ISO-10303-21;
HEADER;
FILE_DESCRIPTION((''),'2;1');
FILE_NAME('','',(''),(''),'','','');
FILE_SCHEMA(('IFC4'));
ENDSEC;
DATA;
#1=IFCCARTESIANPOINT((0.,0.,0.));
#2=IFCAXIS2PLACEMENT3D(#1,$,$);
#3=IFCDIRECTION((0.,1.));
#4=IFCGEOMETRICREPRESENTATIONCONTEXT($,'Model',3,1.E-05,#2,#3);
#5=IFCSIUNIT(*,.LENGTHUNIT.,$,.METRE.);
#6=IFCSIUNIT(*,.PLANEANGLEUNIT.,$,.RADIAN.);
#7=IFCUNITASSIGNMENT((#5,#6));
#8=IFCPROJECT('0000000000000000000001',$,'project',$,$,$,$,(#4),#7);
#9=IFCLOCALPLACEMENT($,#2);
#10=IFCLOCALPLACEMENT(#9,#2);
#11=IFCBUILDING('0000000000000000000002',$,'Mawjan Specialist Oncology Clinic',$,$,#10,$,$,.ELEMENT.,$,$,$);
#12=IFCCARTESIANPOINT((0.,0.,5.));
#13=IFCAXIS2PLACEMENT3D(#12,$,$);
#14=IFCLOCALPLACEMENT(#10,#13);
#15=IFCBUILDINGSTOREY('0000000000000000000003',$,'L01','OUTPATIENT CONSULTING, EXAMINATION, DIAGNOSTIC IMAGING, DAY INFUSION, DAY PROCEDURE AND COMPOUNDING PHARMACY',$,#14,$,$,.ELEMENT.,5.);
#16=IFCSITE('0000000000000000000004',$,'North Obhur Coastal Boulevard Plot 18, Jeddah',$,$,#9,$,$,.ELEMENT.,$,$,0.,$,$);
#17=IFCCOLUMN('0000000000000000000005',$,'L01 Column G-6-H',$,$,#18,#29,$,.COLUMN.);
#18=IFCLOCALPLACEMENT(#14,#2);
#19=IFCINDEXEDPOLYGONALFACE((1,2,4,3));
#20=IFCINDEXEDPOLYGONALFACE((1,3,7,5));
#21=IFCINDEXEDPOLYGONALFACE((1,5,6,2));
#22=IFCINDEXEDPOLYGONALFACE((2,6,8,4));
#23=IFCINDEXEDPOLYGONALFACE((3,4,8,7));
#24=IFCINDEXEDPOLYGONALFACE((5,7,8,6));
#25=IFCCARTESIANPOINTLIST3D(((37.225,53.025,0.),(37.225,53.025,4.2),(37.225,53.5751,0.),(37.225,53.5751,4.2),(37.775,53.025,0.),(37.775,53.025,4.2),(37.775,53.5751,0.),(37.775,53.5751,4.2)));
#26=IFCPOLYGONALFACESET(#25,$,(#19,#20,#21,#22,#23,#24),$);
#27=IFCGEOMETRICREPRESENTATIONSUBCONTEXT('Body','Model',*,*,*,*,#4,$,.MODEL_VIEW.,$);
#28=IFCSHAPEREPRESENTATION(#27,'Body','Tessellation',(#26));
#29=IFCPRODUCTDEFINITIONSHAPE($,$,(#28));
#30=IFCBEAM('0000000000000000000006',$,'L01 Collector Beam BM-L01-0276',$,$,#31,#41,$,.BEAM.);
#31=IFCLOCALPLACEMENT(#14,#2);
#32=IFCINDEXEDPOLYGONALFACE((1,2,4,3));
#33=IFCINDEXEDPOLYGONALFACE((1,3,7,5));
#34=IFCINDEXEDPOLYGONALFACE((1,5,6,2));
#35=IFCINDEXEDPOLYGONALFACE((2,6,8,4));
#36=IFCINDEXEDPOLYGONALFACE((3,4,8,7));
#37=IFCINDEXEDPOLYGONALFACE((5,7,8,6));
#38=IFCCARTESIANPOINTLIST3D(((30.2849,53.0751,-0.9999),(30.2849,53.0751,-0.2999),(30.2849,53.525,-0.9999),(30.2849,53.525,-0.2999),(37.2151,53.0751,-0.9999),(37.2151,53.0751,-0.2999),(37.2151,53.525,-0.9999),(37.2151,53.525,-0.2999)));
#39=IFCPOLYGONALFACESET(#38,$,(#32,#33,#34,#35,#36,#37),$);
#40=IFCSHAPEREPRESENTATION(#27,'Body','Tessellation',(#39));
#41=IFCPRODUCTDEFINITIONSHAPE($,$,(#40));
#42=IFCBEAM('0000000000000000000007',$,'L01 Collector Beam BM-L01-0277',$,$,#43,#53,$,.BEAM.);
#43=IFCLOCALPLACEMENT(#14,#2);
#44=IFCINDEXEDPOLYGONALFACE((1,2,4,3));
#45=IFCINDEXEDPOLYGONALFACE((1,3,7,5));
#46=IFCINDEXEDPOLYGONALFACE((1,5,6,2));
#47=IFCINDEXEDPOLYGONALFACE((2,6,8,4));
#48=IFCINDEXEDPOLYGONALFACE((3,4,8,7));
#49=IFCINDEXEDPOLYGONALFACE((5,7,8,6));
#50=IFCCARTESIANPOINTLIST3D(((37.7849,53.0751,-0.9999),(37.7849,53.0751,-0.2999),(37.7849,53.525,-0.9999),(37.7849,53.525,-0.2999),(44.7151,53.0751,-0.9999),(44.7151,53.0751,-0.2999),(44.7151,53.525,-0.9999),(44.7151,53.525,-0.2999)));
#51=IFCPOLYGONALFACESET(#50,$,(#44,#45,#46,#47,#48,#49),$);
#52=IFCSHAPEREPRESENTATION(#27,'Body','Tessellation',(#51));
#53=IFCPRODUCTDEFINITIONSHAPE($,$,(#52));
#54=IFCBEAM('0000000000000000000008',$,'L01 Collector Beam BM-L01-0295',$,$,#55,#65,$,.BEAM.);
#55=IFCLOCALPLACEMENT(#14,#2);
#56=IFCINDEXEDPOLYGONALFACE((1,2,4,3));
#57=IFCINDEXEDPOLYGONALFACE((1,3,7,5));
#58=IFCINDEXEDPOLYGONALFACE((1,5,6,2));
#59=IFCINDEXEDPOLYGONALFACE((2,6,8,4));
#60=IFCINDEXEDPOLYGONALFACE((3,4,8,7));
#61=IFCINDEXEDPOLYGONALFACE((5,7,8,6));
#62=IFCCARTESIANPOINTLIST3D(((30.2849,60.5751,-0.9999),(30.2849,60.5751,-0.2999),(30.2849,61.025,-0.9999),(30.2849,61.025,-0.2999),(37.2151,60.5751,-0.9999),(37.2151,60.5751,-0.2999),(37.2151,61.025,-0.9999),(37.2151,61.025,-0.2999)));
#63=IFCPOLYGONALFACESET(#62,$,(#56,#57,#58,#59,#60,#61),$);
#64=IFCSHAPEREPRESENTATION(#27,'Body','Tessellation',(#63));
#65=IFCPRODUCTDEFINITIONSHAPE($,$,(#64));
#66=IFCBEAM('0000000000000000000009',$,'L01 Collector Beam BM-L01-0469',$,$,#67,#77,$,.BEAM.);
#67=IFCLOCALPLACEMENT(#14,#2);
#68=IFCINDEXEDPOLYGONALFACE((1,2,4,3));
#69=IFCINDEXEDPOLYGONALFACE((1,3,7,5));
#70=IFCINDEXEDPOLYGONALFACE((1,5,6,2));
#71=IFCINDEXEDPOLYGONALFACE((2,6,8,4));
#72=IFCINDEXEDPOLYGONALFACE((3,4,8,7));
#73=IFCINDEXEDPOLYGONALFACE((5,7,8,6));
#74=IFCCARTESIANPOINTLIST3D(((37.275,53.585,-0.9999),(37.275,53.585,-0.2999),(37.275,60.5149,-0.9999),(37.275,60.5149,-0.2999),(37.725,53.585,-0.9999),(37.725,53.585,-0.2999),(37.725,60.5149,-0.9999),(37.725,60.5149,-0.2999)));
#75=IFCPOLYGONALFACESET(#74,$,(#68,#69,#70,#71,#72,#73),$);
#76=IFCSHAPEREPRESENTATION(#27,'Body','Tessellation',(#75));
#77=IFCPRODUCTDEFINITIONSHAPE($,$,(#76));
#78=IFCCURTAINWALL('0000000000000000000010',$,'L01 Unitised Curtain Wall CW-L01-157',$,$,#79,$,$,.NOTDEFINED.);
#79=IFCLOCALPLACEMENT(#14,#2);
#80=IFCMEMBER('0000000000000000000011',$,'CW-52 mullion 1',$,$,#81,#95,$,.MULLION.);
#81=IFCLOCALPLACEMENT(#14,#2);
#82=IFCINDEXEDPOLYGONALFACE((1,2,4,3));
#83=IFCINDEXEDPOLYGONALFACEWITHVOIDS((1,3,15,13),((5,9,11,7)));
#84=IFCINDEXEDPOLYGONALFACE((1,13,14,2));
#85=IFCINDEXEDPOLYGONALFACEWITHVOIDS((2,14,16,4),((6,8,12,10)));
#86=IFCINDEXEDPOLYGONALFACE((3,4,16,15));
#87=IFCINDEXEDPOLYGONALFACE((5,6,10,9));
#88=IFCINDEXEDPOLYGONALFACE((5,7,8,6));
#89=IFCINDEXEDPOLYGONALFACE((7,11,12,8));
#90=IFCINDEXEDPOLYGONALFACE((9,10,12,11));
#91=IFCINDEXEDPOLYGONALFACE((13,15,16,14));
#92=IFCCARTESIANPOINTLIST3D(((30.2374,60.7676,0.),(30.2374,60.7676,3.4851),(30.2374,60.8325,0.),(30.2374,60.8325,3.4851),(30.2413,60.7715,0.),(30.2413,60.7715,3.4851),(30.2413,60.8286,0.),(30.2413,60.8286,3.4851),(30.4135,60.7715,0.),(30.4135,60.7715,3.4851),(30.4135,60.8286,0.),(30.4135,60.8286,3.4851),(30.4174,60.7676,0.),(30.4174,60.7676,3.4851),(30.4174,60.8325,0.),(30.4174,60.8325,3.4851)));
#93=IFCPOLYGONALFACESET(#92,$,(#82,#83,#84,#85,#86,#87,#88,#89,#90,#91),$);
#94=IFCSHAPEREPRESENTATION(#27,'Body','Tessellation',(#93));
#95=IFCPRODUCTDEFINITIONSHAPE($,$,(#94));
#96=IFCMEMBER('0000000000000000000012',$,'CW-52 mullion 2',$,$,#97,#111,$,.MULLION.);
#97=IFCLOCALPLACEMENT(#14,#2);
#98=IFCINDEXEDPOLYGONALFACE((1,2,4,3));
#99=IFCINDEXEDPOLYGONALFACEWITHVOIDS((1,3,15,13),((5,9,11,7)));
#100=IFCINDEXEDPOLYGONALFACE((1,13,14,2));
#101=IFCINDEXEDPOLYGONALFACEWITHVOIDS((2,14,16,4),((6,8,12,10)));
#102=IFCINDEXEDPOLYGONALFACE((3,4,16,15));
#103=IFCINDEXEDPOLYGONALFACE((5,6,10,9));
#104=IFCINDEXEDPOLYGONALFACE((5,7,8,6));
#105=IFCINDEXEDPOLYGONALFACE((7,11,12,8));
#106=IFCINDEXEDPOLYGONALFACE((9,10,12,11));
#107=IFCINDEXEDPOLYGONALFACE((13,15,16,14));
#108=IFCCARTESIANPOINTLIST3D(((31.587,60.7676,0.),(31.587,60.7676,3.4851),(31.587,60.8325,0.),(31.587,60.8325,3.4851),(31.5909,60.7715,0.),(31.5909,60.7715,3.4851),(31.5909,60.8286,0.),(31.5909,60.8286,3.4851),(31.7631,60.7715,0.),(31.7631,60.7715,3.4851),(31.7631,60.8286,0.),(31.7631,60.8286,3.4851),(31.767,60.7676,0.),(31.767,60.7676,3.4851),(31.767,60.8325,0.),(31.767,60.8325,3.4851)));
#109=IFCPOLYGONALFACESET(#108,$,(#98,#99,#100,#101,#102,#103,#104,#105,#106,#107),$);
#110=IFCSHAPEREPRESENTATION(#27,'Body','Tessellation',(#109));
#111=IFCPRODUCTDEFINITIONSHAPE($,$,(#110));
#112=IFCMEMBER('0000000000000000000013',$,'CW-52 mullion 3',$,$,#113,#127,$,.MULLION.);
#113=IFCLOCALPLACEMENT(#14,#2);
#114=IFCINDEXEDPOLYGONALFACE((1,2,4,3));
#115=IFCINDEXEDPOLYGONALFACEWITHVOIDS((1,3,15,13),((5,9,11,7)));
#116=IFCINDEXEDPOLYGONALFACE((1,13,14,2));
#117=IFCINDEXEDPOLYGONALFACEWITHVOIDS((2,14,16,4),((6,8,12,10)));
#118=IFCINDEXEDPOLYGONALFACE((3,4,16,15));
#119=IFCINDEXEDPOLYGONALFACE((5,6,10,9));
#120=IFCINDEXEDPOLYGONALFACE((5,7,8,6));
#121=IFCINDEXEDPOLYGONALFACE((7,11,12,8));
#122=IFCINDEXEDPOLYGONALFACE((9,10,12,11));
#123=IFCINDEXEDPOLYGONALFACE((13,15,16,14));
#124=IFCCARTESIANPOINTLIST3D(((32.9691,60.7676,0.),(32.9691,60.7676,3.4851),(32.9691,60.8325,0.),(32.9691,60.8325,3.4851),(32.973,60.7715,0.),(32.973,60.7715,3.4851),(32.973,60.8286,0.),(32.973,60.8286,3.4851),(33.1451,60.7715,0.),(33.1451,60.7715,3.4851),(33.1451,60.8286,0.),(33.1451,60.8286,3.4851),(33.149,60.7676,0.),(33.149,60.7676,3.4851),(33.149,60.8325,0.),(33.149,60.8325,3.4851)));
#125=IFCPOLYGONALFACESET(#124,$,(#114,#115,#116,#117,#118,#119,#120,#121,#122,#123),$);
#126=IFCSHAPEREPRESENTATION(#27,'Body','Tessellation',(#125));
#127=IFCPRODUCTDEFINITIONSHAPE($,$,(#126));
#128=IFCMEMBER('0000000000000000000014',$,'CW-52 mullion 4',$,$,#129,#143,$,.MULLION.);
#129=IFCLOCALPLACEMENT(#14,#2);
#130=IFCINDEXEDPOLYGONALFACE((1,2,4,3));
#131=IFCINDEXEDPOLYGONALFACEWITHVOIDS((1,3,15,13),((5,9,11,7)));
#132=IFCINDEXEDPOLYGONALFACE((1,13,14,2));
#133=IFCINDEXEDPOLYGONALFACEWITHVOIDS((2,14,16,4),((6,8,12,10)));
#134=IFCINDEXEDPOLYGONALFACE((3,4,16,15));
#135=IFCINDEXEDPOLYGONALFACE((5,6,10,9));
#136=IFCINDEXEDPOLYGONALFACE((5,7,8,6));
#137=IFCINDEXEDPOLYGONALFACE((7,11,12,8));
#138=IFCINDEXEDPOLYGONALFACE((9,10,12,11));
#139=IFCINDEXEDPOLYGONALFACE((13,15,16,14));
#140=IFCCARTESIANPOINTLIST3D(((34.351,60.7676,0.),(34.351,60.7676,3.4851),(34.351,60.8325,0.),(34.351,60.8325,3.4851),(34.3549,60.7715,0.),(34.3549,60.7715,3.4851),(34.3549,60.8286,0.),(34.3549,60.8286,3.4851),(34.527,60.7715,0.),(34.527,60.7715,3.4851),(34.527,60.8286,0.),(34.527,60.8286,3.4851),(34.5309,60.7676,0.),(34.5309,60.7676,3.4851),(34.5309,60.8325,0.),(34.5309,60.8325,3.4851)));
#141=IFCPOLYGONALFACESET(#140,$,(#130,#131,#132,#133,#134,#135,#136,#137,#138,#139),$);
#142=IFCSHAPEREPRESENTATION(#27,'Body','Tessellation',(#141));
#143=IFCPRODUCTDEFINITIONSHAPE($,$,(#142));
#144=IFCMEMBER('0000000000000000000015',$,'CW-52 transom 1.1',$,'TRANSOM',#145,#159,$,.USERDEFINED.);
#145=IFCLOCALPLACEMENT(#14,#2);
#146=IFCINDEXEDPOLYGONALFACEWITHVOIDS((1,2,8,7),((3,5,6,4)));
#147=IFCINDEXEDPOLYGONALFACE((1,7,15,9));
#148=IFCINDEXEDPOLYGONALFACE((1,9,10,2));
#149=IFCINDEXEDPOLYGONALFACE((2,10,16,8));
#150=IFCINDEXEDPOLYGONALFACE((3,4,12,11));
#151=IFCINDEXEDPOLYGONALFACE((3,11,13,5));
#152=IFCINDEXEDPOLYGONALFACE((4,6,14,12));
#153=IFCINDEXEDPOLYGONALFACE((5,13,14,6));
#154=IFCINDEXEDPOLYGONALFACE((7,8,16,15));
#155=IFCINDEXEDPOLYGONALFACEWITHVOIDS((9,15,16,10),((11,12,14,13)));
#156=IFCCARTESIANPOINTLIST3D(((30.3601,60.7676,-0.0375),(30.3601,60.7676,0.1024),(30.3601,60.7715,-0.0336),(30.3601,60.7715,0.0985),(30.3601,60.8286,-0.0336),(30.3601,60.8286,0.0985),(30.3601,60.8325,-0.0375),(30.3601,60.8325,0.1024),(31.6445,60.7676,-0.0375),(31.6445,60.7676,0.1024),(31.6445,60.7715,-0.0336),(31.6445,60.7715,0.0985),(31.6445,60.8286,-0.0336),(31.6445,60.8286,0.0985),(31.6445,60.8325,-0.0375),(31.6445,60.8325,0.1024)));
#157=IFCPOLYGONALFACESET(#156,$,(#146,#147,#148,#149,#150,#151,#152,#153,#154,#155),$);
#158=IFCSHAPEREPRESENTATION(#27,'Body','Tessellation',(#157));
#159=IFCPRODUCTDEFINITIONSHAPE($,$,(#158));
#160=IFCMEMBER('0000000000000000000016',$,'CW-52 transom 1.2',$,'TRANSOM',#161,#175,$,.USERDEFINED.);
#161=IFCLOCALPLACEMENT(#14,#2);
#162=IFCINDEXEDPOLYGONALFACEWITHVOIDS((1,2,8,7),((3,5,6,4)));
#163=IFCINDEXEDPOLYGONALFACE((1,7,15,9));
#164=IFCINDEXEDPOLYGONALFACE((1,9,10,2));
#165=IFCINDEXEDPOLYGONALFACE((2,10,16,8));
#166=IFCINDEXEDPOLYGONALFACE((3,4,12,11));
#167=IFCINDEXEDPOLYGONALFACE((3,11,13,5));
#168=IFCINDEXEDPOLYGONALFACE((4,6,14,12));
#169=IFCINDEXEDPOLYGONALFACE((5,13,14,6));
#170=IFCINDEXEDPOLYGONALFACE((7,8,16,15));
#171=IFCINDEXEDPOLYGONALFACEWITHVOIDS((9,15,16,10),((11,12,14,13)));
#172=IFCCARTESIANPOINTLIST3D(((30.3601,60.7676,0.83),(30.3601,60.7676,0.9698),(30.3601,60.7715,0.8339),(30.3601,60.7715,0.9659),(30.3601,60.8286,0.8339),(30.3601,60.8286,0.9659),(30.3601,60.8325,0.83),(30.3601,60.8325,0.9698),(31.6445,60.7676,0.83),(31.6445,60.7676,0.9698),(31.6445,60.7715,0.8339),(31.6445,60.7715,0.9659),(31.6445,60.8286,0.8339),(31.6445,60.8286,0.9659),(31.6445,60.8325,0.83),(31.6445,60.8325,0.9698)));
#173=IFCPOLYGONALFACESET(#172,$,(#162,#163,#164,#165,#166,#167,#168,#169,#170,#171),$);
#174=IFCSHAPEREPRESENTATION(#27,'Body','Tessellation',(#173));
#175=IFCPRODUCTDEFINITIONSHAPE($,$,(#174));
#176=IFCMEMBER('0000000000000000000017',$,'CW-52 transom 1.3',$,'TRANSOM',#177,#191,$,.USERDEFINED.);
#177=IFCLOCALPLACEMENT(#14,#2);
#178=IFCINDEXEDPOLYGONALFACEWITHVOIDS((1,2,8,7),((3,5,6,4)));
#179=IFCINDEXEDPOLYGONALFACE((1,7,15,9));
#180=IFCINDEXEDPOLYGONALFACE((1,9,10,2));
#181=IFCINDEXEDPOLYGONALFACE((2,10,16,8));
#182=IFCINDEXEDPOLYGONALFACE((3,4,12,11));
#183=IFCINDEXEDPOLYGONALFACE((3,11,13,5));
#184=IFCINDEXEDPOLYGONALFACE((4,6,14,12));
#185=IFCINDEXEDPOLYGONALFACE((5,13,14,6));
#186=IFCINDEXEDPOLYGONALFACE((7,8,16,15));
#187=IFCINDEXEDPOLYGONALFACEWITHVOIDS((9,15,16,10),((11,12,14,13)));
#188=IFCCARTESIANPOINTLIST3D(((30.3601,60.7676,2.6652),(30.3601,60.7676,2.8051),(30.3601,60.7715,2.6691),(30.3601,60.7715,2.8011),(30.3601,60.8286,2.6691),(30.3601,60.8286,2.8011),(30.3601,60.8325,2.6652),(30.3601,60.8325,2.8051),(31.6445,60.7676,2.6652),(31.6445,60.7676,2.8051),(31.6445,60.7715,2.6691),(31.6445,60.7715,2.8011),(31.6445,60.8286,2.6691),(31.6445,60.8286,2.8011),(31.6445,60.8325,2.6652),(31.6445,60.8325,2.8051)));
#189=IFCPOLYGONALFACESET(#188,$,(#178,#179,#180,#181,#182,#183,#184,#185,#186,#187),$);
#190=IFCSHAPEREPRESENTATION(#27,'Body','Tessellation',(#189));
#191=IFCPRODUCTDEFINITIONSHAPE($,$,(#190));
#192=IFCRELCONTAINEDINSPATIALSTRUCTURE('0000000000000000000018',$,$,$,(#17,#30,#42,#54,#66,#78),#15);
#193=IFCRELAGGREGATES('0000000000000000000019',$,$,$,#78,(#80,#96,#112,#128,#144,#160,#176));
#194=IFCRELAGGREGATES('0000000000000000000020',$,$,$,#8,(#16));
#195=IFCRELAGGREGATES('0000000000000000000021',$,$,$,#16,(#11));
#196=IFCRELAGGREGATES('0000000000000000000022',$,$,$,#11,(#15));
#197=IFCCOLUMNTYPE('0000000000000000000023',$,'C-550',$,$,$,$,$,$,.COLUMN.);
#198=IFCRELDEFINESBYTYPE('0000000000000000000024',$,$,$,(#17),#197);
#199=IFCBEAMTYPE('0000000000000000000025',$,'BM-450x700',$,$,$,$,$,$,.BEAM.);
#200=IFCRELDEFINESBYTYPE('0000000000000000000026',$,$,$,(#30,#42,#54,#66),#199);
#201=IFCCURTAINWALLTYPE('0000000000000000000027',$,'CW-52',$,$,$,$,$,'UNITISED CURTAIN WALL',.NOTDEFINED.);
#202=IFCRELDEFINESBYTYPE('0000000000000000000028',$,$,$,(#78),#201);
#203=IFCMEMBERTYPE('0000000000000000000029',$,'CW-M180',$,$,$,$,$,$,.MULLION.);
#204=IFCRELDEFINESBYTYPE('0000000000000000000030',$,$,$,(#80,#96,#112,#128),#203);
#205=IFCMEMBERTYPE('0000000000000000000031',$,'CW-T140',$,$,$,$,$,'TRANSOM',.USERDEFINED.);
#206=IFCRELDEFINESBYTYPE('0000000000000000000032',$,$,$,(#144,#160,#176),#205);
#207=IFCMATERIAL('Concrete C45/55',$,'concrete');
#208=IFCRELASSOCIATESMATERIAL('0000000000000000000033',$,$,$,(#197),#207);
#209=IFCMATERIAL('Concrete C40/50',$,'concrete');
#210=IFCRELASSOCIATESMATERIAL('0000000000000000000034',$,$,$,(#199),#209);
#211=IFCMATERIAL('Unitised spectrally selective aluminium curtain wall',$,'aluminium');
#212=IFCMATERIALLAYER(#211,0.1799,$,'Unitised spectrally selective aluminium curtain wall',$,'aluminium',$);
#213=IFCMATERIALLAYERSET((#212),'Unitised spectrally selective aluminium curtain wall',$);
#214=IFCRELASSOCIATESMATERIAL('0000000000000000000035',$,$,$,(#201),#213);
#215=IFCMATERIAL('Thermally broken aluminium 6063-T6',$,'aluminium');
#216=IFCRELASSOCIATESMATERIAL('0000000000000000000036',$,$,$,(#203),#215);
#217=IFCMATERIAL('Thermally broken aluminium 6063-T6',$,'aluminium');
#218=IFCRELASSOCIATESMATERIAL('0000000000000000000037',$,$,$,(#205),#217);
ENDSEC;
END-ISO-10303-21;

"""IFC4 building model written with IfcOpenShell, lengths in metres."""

from ifc_helpers import new_model, si_unit, direction, frame, origin, origin_2d, place, context, subcontext, project, spatial, rectangle, hollow_rectangle, extrude, material, layer, layer_set, material_profile, profile_set, type_object, element, aggregate, save


model = new_model("IFC4")

# Units and contexts
model_context = context("Model", 3, precision=1e-05, world=origin(), true_north=direction((0.0, 1.0)))
body_context = subcontext(model_context, "Body", "Model", "MODEL_VIEW")
ifc_project = project(units=[si_unit("LENGTHUNIT", "METRE"), si_unit("PLANEANGLEUNIT", "RADIAN")], contexts=[model_context])

# Site, building, storey
site_placement = place(None, origin())
site = spatial("IfcSite", under=ifc_project, at=site_placement, Name="North Obhur Coastal Boulevard Plot 18, Jeddah", CompositionType="ELEMENT", RefElevation=0.0)
building_placement = place(site_placement, origin())
building = spatial("IfcBuilding", under=site, at=building_placement, Name="Mawjan Specialist Oncology Clinic", CompositionType="ELEMENT")
storey_placement = place(building_placement, frame((0.0, 0.0, 5.0)))
storey = spatial("IfcBuildingStorey", under=building, at=storey_placement, Name="L01", Description="OUTPATIENT CONSULTING, EXAMINATION, DIAGNOSTIC IMAGING, DAY INFUSION, DAY PROCEDURE AND COMPOUNDING PHARMACY", CompositionType="ELEMENT", Elevation=5.0)

# Column
ifc_material_1 = material(Name="Concrete C45/55", Category="concrete")
ifc_material_profile_1 = material_profile(ifc_material_1, rectangle(XDim=0.55, YDim=0.55, at=origin_2d()), Name="RC COL 550x550", Category="concrete")
ifc_profile_set_1 = profile_set([ifc_material_profile_1], Name="Concrete C45/55")
column_type = type_object("IfcColumnType", Name="C-550", PredefinedType="COLUMN", material=ifc_profile_set_1)
column_placement = place(storey_placement, frame((37.5, 53.3, 0.0), z_axis=(0.0, 0.0, 1.0), x_axis=(1.0, 0.0, 0.0)))
element("IfcColumn", 1, at=column_placement, inside=storey, type_object=column_type, Name="L01 Column G-6-H", PredefinedType="COLUMN", context=body_context, shape_type="SweptSolid", body=[
    extrude(rectangle(XDim=0.55, YDim=0.55, at=origin_2d()), origin(), (0.0, 0.0, 1.0), 4.2),
])

# Beams
ifc_material_2 = material(Name="Concrete C40/50", Category="concrete")
ifc_material_profile_2 = material_profile(ifc_material_2, rectangle(XDim=0.45, YDim=0.7, at=origin_2d()), Name="RC BM 450x700", Category="concrete")
ifc_profile_set_2 = profile_set([ifc_material_profile_2], Name="Concrete C40/50")
beam_type = type_object("IfcBeamType", Name="BM-450x700", PredefinedType="BEAM", material=ifc_profile_set_2)
for number, where, z_axis, x_axis, name in (
    (2, (30.2849, 53.3, -0.6499), (1.0, 0.0, 0.0), (0.0, 1.0, 0.0), "L01 Collector Beam BM-L01-0276"),
    (3, (37.7849, 53.3, -0.6499), (1.0, 0.0, 0.0), (0.0, 1.0, 0.0), "L01 Collector Beam BM-L01-0277"),
    (4, (30.2849, 60.8, -0.6499), (1.0, 0.0, 0.0), (0.0, 1.0, 0.0), "L01 Collector Beam BM-L01-0295"),
):
    element("IfcBeam", number, at=place(storey_placement, frame(where, z_axis=z_axis, x_axis=x_axis)), inside=storey, type_object=beam_type, Name=name, PredefinedType="BEAM", context=body_context, shape_type="SweptSolid", body=[
        extrude(rectangle(XDim=0.45, YDim=0.7, at=origin_2d()), origin(), (0.0, 0.0, 1.0), 6.9302),
    ])
beam_placement = place(storey_placement, frame((37.5, 53.585, -0.6499), z_axis=(0.0, 1.0, 0.0), x_axis=(-1.0, 0.0, 0.0)))
element("IfcBeam", 5, at=beam_placement, inside=storey, type_object=beam_type, Name="L01 Collector Beam BM-L01-0469", PredefinedType="BEAM", context=body_context, shape_type="SweptSolid", body=[
    extrude(rectangle(XDim=0.45, YDim=0.7, at=origin_2d()), origin(), (0.0, 0.0, 1.0), 6.9299),
])

# Curtain wall, members
ifc_material_3 = material(Name="Unitised spectrally selective aluminium curtain wall", Category="aluminium")
ifc_layer_1 = layer(ifc_material_3, 0.1799, Name="Unitised spectrally selective aluminium curtain wall", Category="aluminium")
ifc_layer_set_1 = layer_set([ifc_layer_1], Name="Unitised spectrally selective aluminium curtain wall")
curtain_wall_type = type_object("IfcCurtainWallType", Name="CW-52", ElementType="UNITISED CURTAIN WALL", PredefinedType="NOTDEFINED", material=ifc_layer_set_1)
curtain_wall_placement = place(storey_placement, origin())
curtain_wall = element("IfcCurtainWall", 6, at=curtain_wall_placement, inside=storey, type_object=curtain_wall_type, Name="L01 Unitised Curtain Wall CW-L01-157", PredefinedType="NOTDEFINED")
ifc_material_4 = material(Name="Thermally broken aluminium 6063-T6", Category="aluminium")
ifc_material_profile_3 = material_profile(ifc_material_4, hollow_rectangle(XDim=0.0649, YDim=0.1799, WallThickness=0.0039, at=origin_2d()), Name="ALU MULLION 180x65x4", Category="aluminium")
ifc_profile_set_3 = profile_set([ifc_material_profile_3], Name="Thermally broken aluminium 6063-T6")
member_type_1 = type_object("IfcMemberType", Name="CW-M180", PredefinedType="MULLION", material=ifc_profile_set_3)
member_1_placement = place(storey_placement, frame((30.3274, 60.8, 0.0), z_axis=(0.0, 0.0, 1.0), x_axis=(0.0, 1.0, 0.0)))
member_1 = element("IfcMember", 7, at=member_1_placement, type_object=member_type_1, Name="CW-52 mullion 1", PredefinedType="MULLION", context=body_context, shape_type="SweptSolid", body=[
    extrude(hollow_rectangle(XDim=0.0649, YDim=0.1799, WallThickness=0.0039, at=origin_2d()), origin(), (0.0, 0.0, 1.0), 3.4851),
])
member_2_placement = place(storey_placement, frame((31.677, 60.8, 0.0), z_axis=(0.0, 0.0, 1.0), x_axis=(0.0, 1.0, 0.0)))
member_2 = element("IfcMember", 8, at=member_2_placement, type_object=member_type_1, Name="CW-52 mullion 2", PredefinedType="MULLION", context=body_context, shape_type="SweptSolid", body=[
    extrude(hollow_rectangle(XDim=0.0649, YDim=0.1799, WallThickness=0.0039, at=origin_2d()), origin(), (0.0, 0.0, 1.0), 3.4851),
])
member_3_placement = place(storey_placement, frame((33.0591, 60.8, 0.0), z_axis=(0.0, 0.0, 1.0), x_axis=(0.0, 1.0, 0.0)))
member_3 = element("IfcMember", 9, at=member_3_placement, type_object=member_type_1, Name="CW-52 mullion 3", PredefinedType="MULLION", context=body_context, shape_type="SweptSolid", body=[
    extrude(hollow_rectangle(XDim=0.0649, YDim=0.1799, WallThickness=0.0039, at=origin_2d()), origin(), (0.0, 0.0, 1.0), 3.4851),
])
member_4_placement = place(storey_placement, frame((34.4409, 60.8, 0.0), z_axis=(0.0, 0.0, 1.0), x_axis=(0.0, 1.0, 0.0)))
member_4 = element("IfcMember", 10, at=member_4_placement, type_object=member_type_1, Name="CW-52 mullion 4", PredefinedType="MULLION", context=body_context, shape_type="SweptSolid", body=[
    extrude(hollow_rectangle(XDim=0.0649, YDim=0.1799, WallThickness=0.0039, at=origin_2d()), origin(), (0.0, 0.0, 1.0), 3.4851),
])
ifc_material_5 = material(Name="Thermally broken aluminium 6063-T6", Category="aluminium")
ifc_material_profile_4 = material_profile(ifc_material_5, hollow_rectangle(XDim=0.0649, YDim=0.1399, WallThickness=0.0039, at=origin_2d()), Name="ALU TRANSOM 140x65x4", Category="aluminium")
ifc_profile_set_4 = profile_set([ifc_material_profile_4], Name="Thermally broken aluminium 6063-T6")
member_type_2 = type_object("IfcMemberType", Name="CW-T140", ElementType="TRANSOM", PredefinedType="USERDEFINED", material=ifc_profile_set_4)
member_5_placement = place(storey_placement, frame((30.3601, 60.8, 0.0325), z_axis=(1.0, 0.0, 0.0), x_axis=(0.0, 1.0, 0.0)))
member_5 = element("IfcMember", 11, at=member_5_placement, type_object=member_type_2, Name="CW-52 transom 1.1", ObjectType="TRANSOM", PredefinedType="USERDEFINED", context=body_context, shape_type="SweptSolid", body=[
    extrude(hollow_rectangle(XDim=0.0649, YDim=0.1399, WallThickness=0.0039, at=origin_2d()), origin(), (0.0, 0.0, 1.0), 1.2844),
])
member_6_placement = place(storey_placement, frame((30.3601, 60.8, 0.8999), z_axis=(1.0, 0.0, 0.0), x_axis=(0.0, 1.0, 0.0)))
member_6 = element("IfcMember", 12, at=member_6_placement, type_object=member_type_2, Name="CW-52 transom 1.2", ObjectType="TRANSOM", PredefinedType="USERDEFINED", context=body_context, shape_type="SweptSolid", body=[
    extrude(hollow_rectangle(XDim=0.0649, YDim=0.1399, WallThickness=0.0039, at=origin_2d()), origin(), (0.0, 0.0, 1.0), 1.2844),
])
member_7_placement = place(storey_placement, frame((30.3601, 60.8, 2.7351), z_axis=(1.0, 0.0, 0.0), x_axis=(0.0, 1.0, 0.0)))
member_7 = element("IfcMember", 13, at=member_7_placement, type_object=member_type_2, Name="CW-52 transom 1.3", ObjectType="TRANSOM", PredefinedType="USERDEFINED", context=body_context, shape_type="SweptSolid", body=[
    extrude(hollow_rectangle(XDim=0.0649, YDim=0.1399, WallThickness=0.0039, at=origin_2d()), origin(), (0.0, 0.0, 1.0), 1.2844),
])
aggregate(curtain_wall, [member_1, member_2, member_3, member_4, member_5, member_6, member_7])

save(model, "model.ifc")
